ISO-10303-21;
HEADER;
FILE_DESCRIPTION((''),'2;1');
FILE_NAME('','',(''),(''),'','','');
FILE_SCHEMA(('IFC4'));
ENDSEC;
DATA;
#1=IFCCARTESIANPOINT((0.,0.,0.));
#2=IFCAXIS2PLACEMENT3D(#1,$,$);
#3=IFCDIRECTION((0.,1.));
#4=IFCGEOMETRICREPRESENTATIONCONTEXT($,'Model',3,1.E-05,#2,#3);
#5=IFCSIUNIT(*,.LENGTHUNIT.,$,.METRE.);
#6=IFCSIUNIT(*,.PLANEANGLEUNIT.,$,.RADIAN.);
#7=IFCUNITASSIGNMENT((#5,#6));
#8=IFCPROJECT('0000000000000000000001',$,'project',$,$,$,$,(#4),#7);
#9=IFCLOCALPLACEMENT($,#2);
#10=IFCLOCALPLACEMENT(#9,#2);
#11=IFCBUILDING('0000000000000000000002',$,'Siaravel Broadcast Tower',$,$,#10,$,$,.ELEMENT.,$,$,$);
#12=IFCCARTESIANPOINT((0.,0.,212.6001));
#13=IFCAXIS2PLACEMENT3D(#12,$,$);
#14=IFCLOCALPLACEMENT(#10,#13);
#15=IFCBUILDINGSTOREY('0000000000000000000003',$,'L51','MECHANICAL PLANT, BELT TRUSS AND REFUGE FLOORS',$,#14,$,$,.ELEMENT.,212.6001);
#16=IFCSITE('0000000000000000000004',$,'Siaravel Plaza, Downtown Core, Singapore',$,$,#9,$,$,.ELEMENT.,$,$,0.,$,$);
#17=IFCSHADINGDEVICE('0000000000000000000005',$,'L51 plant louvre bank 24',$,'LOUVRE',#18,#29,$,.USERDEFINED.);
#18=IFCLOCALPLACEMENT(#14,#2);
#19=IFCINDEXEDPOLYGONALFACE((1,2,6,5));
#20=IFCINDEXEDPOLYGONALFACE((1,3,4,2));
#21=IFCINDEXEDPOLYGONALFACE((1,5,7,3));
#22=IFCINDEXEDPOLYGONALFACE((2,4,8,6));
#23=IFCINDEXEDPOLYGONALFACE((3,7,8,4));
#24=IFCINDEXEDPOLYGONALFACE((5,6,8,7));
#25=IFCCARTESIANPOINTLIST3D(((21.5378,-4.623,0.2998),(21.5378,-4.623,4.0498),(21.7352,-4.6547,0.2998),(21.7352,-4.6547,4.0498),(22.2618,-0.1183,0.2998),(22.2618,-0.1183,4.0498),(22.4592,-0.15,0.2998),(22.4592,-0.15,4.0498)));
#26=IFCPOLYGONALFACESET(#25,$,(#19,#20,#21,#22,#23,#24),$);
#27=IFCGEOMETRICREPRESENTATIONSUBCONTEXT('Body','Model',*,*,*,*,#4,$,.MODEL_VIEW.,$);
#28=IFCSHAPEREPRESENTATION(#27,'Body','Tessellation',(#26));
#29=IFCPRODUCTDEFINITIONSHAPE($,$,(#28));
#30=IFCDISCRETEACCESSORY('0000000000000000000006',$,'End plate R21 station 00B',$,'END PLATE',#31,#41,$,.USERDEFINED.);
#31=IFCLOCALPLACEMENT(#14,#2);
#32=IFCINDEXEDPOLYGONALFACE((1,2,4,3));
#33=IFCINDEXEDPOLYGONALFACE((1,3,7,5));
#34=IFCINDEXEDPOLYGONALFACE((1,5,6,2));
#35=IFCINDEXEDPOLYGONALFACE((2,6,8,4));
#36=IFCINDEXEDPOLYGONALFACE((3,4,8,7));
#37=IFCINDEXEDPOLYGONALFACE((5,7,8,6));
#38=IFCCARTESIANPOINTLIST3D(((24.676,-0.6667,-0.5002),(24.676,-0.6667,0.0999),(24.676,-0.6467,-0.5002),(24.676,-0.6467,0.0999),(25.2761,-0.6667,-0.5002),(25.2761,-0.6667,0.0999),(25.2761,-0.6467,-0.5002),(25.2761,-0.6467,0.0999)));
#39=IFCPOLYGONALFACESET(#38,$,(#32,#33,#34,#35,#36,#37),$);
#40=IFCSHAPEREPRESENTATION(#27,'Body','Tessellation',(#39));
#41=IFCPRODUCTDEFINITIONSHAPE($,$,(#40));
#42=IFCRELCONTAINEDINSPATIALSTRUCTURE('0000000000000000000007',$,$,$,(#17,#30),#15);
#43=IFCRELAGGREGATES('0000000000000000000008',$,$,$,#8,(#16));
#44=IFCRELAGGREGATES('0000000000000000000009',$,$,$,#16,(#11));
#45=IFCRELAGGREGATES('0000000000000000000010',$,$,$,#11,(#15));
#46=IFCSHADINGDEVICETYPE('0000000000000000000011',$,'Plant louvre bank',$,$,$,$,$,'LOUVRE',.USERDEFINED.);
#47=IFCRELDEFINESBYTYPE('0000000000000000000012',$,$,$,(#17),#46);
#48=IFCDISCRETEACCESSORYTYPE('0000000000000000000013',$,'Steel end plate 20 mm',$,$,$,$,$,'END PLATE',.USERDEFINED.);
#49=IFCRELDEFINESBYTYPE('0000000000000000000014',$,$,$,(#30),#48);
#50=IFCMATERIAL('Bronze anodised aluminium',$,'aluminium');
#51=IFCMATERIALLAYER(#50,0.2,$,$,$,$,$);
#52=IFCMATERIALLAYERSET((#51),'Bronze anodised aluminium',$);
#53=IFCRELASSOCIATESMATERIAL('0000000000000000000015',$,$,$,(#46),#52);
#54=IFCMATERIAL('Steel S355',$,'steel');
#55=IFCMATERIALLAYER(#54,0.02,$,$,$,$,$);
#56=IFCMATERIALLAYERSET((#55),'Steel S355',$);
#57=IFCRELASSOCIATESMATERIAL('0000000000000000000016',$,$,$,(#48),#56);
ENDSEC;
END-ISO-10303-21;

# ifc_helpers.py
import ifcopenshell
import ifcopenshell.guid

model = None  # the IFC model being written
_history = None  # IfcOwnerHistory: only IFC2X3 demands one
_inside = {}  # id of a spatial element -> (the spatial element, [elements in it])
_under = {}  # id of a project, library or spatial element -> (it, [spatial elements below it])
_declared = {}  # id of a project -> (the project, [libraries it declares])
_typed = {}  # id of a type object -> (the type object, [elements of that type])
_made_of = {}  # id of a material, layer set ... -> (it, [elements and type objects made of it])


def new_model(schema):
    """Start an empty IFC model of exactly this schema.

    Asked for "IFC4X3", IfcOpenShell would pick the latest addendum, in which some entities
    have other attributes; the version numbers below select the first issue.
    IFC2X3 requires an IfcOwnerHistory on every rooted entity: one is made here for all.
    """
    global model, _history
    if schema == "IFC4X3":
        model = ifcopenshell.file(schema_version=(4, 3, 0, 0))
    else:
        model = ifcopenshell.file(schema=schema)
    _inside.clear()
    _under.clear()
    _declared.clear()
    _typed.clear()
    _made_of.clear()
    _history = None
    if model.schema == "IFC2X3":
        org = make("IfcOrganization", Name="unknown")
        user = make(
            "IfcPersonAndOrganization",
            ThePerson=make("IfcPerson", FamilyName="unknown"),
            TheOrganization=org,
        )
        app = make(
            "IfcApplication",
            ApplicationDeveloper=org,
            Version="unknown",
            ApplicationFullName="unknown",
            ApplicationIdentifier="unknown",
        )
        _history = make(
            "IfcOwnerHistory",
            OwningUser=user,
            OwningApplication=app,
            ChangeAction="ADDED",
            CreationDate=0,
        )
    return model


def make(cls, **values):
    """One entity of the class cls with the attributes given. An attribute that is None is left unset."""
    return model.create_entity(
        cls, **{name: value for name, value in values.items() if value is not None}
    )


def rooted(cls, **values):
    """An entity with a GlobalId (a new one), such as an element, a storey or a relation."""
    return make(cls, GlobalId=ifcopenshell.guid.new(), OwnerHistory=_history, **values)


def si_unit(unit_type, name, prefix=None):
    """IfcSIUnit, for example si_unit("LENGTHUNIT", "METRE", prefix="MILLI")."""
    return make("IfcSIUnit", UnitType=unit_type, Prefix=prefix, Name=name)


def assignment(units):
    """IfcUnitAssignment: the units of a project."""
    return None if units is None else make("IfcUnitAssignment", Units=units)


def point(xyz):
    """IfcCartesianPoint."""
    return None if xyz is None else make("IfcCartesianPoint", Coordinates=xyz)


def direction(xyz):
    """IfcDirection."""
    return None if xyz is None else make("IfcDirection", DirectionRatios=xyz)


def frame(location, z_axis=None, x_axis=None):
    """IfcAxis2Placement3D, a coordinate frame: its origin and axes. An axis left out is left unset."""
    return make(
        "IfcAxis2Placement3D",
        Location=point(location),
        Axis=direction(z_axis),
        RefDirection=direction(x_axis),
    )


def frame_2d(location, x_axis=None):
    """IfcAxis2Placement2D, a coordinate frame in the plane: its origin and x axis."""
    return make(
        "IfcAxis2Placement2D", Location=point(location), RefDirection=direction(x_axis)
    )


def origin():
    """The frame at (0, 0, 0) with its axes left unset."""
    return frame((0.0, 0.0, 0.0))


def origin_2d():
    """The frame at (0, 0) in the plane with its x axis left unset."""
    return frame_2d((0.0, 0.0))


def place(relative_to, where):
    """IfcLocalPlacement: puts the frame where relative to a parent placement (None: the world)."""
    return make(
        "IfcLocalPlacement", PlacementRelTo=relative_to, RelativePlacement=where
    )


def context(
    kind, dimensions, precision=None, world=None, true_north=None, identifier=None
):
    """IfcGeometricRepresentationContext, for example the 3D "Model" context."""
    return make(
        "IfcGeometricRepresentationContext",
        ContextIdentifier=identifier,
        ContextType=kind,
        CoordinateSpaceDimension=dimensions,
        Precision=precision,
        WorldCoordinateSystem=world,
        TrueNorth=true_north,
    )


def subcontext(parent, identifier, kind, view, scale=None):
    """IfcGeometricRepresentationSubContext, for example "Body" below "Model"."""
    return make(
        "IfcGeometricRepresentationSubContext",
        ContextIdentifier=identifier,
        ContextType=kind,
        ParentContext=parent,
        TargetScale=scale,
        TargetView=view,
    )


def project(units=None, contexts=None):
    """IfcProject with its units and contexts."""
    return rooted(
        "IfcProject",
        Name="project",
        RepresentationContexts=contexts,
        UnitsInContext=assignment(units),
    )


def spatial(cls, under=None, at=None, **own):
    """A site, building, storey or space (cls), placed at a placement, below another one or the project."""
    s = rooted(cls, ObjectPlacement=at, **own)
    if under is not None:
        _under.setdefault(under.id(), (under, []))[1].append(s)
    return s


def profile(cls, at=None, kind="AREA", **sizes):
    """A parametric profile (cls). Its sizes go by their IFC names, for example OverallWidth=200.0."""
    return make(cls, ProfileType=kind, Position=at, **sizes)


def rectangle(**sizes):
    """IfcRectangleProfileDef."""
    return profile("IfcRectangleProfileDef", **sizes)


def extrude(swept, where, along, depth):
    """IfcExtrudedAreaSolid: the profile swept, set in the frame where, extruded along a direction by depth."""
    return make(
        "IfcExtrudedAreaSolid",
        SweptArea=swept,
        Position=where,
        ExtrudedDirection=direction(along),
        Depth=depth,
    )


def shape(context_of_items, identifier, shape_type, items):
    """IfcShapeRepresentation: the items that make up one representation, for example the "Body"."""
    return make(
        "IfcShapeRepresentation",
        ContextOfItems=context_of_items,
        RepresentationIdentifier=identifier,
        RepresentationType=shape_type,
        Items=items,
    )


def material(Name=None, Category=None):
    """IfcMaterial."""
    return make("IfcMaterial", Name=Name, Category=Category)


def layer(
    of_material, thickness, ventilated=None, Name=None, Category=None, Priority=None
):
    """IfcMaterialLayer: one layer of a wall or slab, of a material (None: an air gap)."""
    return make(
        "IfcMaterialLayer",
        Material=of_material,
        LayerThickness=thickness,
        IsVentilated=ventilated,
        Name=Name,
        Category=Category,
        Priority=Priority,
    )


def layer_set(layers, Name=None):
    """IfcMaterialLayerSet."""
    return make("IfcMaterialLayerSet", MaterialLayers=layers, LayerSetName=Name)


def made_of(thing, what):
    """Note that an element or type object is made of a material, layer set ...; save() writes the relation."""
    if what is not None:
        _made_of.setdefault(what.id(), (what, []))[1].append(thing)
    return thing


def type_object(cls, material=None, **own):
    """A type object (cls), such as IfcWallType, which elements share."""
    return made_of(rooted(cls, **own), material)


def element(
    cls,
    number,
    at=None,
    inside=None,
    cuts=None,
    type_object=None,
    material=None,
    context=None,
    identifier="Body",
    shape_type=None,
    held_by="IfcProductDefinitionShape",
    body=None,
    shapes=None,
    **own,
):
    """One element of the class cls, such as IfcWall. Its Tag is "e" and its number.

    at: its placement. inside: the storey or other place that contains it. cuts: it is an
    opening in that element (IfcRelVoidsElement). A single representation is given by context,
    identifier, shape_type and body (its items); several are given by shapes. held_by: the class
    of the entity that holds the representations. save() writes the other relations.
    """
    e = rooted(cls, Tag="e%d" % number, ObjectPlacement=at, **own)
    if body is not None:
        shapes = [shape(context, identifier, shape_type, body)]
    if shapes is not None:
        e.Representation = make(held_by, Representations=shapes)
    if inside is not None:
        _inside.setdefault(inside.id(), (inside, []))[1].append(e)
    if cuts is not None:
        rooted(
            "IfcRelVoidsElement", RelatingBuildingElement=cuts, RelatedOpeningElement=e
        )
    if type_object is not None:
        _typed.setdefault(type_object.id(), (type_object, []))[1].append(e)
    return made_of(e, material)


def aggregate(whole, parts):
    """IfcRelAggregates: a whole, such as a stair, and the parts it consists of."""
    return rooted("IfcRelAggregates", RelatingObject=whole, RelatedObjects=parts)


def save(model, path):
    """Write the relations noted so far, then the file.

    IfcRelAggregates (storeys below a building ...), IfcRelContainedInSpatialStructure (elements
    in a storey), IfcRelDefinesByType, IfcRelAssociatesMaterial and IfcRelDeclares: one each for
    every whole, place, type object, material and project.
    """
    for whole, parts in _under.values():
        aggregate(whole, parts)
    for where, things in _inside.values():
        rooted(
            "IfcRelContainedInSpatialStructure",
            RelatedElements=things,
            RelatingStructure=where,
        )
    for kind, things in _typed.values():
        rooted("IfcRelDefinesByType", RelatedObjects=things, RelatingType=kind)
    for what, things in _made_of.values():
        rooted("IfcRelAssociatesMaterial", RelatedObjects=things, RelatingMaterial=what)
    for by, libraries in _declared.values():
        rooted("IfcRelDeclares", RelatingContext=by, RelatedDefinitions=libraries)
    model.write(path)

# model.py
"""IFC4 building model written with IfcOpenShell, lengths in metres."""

from ifc_helpers import new_model, si_unit, direction, frame, origin, origin_2d, place, context, subcontext, project, spatial, rectangle, extrude, material, layer, layer_set, type_object, element, save


model = new_model("IFC4")

# Units and contexts
model_context = context("Model", 3, precision=1e-05, world=origin(), true_north=direction((0.0, 1.0)))
body_context = subcontext(model_context, "Body", "Model", "MODEL_VIEW")
ifc_project = project(units=[si_unit("LENGTHUNIT", "METRE"), si_unit("PLANEANGLEUNIT", "RADIAN")], contexts=[model_context])

# Site, building, storey
site_placement = place(None, origin())
site = spatial("IfcSite", under=ifc_project, at=site_placement, Name="Siaravel Plaza, Downtown Core, Singapore", CompositionType="ELEMENT", RefElevation=0.0)
building_placement = place(site_placement, origin())
building = spatial("IfcBuilding", under=site, at=building_placement, Name="Siaravel Broadcast Tower", CompositionType="ELEMENT")
storey_placement = place(building_placement, frame((0.0, 0.0, 212.6001)))
storey = spatial("IfcBuildingStorey", under=building, at=storey_placement, Name="L51", Description="MECHANICAL PLANT, BELT TRUSS AND REFUGE FLOORS", CompositionType="ELEMENT", Elevation=212.6001)

# Shared definitions
ifc_material_1 = material(Name="Steel S355", Category="steel")

# Shading device
ifc_material_2 = material(Name="Bronze anodised aluminium", Category="aluminium")
ifc_layer_1 = layer(ifc_material_2, 0.2)
ifc_layer_set_1 = layer_set([ifc_layer_1], Name="Bronze anodised aluminium")
shading_device_type = type_object("IfcShadingDeviceType", Name="Plant louvre bank", ElementType="LOUVRE", PredefinedType="USERDEFINED", material=ifc_layer_set_1)
shading_device_1_placement = place(storey_placement, frame((21.9985, -2.3865, 0.2998), z_axis=(0.0, 0.0, 1.0), x_axis=(0.158685, 0.987329, 0.0)))
element("IfcShadingDevice", 1, at=shading_device_1_placement, inside=storey, type_object=shading_device_type, Name="L51 plant louvre bank 24", ObjectType="LOUVRE", PredefinedType="USERDEFINED", context=body_context, shape_type="SweptSolid", body=[
    extrude(rectangle(XDim=4.5625, YDim=0.2, at=origin_2d()), origin(), (0.0, 0.0, 1.0), 3.75),
])

# Discrete accessory
ifc_layer_2 = layer(ifc_material_1, 0.02)
ifc_layer_set_2 = layer_set([ifc_layer_2], Name="Steel S355")
discrete_accessory_type = type_object("IfcDiscreteAccessoryType", Name="Steel end plate 20 mm", ElementType="END PLATE", PredefinedType="USERDEFINED", material=ifc_layer_set_2)
discrete_accessory_placement = place(storey_placement, frame((24.9761, -0.6567, -0.5002), z_axis=(0.0, 0.0, 1.0), x_axis=(0.0, 1.0, 0.0)))
element("IfcDiscreteAccessory", 2, at=discrete_accessory_placement, inside=storey, type_object=discrete_accessory_type, Name="End plate R21 station 00B", ObjectType="END PLATE", PredefinedType="USERDEFINED", context=body_context, shape_type="SweptSolid", body=[
    extrude(rectangle(XDim=0.02, YDim=0.6001, at=origin_2d()), origin(), (0.0, 0.0, 1.0), 0.6001),
])

save(model, "model.ifc")
